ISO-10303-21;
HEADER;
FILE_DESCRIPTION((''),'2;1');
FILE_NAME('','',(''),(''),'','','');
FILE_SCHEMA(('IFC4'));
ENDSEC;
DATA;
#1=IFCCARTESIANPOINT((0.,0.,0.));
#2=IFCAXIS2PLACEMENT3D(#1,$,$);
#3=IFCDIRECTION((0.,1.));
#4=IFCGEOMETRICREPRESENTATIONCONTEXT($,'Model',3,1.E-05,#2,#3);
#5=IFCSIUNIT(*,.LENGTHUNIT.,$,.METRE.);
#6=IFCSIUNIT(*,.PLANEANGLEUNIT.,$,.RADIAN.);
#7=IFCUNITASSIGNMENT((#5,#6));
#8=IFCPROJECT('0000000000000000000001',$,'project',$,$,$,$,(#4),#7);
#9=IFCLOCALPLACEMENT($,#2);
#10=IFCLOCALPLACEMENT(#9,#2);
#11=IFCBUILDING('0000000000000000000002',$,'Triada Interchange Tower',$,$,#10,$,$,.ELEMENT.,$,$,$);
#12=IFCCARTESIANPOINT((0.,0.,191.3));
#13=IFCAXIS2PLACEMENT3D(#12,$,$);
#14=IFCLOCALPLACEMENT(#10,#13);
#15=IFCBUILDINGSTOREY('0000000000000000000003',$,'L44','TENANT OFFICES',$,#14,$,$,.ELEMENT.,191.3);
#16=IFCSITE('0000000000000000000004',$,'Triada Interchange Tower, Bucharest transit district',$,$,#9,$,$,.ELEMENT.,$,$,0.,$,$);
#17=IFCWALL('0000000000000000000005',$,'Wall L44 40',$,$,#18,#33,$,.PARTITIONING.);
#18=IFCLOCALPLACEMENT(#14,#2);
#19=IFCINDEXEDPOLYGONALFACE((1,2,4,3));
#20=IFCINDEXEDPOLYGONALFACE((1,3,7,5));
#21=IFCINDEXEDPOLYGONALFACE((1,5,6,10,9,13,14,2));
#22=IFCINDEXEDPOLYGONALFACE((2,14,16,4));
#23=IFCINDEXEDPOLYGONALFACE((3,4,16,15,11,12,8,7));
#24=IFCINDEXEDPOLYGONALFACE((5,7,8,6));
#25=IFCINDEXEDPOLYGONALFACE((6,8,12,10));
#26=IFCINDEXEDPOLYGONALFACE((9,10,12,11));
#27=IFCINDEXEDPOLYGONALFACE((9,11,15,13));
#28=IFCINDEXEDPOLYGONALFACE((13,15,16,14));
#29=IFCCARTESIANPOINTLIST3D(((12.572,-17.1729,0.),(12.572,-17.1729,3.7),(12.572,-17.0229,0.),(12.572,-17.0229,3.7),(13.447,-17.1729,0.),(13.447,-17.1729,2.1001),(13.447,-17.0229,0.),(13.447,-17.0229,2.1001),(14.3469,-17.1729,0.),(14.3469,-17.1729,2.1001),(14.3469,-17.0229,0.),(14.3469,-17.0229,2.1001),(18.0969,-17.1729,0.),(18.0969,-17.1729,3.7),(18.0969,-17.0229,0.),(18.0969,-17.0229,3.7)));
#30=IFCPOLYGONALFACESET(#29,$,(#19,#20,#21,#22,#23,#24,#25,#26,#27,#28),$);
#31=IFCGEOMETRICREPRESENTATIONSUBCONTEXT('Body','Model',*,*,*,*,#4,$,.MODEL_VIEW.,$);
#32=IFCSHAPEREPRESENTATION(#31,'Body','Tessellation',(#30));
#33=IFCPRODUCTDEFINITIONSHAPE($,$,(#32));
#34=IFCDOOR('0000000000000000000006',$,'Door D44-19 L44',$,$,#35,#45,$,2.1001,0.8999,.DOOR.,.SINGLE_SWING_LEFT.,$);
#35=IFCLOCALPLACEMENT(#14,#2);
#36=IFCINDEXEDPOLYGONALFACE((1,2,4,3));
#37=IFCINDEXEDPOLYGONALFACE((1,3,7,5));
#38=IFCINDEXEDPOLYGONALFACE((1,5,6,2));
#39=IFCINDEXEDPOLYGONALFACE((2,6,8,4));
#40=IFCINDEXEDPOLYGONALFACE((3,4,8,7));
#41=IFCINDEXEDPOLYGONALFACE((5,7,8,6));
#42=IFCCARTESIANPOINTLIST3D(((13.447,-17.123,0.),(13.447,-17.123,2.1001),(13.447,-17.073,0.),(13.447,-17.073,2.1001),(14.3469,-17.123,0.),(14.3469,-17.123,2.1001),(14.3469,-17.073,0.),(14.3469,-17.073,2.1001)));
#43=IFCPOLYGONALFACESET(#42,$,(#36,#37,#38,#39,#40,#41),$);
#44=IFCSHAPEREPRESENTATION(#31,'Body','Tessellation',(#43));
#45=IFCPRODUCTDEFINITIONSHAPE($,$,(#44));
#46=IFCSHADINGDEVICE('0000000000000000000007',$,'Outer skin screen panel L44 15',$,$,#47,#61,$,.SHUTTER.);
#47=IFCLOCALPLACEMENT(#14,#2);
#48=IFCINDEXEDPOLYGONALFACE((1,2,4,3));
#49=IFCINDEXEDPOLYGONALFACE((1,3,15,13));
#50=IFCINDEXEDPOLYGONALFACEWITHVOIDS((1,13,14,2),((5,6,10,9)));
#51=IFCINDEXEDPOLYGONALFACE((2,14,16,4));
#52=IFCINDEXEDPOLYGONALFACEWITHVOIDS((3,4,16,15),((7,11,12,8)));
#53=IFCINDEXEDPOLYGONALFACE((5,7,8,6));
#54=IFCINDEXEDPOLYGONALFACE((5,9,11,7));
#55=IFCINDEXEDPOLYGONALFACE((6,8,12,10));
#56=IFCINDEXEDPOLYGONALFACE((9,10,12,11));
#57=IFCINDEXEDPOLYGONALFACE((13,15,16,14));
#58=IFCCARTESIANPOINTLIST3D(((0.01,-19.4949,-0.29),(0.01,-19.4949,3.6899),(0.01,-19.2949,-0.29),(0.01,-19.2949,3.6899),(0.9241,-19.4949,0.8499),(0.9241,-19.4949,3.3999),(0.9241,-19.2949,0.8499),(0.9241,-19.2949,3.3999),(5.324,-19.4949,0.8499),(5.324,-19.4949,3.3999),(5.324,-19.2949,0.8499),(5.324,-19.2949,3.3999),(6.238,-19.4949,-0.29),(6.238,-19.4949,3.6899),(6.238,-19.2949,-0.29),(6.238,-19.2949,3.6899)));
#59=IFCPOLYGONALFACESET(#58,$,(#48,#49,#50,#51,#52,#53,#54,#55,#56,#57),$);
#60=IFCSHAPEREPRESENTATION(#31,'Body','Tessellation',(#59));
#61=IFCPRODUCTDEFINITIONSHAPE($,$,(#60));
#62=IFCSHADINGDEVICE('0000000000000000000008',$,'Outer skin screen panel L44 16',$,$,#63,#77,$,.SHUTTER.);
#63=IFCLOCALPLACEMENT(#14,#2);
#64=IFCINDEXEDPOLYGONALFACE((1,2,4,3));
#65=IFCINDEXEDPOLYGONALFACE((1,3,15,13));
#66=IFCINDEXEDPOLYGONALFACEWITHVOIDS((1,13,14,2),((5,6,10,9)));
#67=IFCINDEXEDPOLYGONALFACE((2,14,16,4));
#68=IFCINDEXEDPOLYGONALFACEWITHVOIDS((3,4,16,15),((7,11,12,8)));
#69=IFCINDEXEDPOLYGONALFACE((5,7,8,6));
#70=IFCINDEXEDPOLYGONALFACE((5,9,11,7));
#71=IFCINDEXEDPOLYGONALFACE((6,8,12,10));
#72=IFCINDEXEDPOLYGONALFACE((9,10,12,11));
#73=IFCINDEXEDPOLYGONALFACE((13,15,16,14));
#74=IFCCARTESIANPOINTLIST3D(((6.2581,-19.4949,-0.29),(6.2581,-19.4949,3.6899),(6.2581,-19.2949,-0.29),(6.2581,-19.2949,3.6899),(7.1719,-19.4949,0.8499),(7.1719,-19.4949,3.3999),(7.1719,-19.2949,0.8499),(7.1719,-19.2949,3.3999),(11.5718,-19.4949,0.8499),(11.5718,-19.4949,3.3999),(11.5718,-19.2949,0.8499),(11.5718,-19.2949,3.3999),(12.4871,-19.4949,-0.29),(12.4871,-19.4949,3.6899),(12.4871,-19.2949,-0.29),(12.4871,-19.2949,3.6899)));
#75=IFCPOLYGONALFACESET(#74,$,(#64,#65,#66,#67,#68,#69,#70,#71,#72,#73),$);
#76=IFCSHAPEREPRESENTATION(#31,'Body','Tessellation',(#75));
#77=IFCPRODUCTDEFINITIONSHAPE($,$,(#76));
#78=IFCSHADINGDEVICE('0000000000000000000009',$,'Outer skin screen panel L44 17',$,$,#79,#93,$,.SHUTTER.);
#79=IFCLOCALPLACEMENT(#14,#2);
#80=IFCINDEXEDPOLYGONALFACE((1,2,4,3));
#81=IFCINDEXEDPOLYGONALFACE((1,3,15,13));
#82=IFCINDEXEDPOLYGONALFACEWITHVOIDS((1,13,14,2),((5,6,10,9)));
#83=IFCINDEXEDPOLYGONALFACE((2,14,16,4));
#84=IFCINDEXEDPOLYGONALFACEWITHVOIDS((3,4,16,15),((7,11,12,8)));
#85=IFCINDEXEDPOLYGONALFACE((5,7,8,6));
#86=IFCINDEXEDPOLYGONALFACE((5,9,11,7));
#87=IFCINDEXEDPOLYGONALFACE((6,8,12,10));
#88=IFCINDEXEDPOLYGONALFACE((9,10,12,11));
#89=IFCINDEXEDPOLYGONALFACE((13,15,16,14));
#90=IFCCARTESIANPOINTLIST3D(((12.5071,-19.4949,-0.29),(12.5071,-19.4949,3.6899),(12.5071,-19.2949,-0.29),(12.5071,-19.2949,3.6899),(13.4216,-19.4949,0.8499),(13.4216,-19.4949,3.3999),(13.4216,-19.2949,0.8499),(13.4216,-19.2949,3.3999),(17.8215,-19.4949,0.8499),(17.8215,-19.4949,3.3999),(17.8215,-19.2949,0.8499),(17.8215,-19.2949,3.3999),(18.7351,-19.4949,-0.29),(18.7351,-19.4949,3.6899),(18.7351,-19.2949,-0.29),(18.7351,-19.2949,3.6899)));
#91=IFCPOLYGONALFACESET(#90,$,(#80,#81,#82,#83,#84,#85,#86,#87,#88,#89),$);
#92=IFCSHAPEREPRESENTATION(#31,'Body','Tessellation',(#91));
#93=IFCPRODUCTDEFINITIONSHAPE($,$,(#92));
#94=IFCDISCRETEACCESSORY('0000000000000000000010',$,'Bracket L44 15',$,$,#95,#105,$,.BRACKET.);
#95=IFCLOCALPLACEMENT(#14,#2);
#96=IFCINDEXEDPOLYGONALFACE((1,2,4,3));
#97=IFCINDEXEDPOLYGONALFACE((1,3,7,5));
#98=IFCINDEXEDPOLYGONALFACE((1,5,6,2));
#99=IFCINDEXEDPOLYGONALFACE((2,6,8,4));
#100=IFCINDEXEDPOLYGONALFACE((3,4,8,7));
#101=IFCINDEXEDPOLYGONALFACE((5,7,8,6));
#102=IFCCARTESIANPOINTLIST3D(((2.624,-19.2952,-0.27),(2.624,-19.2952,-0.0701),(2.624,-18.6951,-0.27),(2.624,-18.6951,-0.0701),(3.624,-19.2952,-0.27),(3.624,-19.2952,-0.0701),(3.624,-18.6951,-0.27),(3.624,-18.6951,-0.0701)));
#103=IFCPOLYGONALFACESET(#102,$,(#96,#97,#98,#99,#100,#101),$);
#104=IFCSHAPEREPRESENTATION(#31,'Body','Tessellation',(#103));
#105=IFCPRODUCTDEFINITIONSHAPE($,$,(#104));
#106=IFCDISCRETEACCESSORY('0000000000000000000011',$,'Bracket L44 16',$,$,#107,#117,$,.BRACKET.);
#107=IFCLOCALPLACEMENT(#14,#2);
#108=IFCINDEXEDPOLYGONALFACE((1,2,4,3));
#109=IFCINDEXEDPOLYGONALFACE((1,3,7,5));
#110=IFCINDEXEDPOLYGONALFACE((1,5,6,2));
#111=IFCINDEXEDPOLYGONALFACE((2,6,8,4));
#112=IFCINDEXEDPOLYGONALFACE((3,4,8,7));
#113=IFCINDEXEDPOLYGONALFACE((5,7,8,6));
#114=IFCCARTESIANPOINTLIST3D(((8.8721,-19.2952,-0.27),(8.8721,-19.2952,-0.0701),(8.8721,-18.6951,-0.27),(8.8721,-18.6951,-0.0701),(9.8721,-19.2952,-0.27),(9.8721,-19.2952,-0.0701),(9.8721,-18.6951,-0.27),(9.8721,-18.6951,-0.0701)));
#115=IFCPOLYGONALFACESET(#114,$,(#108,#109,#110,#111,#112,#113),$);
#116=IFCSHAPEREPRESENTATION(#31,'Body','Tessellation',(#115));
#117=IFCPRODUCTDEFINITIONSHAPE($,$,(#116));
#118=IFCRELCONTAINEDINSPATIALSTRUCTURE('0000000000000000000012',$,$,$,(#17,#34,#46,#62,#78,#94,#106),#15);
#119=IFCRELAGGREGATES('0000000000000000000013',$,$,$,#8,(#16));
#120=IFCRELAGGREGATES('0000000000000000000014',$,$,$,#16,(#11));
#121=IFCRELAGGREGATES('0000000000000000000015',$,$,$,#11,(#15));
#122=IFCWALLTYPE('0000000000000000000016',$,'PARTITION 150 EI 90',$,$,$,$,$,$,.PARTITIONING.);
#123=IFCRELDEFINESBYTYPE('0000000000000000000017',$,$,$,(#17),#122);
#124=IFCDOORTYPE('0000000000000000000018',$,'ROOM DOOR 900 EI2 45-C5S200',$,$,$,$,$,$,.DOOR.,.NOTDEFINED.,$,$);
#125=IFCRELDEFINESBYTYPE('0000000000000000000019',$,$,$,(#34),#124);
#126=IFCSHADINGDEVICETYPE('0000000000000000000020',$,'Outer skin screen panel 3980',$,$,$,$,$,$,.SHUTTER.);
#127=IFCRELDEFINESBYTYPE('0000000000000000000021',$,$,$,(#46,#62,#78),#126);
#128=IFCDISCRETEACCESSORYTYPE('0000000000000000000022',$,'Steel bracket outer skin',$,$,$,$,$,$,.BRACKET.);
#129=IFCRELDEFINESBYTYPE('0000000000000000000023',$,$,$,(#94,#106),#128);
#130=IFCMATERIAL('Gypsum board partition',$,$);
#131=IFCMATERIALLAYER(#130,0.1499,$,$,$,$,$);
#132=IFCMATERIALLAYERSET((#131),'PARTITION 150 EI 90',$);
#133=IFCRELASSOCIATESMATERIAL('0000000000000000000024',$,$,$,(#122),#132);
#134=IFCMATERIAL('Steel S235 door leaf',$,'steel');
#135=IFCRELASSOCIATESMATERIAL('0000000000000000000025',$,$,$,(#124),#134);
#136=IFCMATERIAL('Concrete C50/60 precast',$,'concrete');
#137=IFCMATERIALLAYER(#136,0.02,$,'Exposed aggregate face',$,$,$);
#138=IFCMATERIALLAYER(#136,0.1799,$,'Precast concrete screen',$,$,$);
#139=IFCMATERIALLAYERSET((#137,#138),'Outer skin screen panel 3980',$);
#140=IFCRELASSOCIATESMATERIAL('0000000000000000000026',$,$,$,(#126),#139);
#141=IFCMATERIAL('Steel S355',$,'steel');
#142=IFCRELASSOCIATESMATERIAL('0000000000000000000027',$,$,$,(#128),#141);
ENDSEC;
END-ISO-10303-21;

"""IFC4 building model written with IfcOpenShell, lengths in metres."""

from ifc_helpers import new_model, si_unit, direction, frame, frame_2d, origin, origin_2d, place, context, subcontext, project, spatial, polyline, rectangle, outline, extrude, material, layer, layer_set, type_object, element, fill, save


model = new_model("IFC4")

# Units and contexts
model_context = context("Model", 3, precision=1e-05, world=origin(), true_north=direction((0.0, 1.0)))
body_context = subcontext(model_context, "Body", "Model", "MODEL_VIEW")
ifc_project = project(units=[si_unit("LENGTHUNIT", "METRE"), si_unit("PLANEANGLEUNIT", "RADIAN")], contexts=[model_context])

# Site, building, storey
site_placement = place(None, origin())
site = spatial("IfcSite", under=ifc_project, at=site_placement, Name="Triada Interchange Tower, Bucharest transit district", CompositionType="ELEMENT", RefElevation=0.0)
building_placement = place(site_placement, origin())
building = spatial("IfcBuilding", under=site, at=building_placement, Name="Triada Interchange Tower", CompositionType="ELEMENT")
storey_placement = place(building_placement, frame((0.0, 0.0, 191.3)))
storey = spatial("IfcBuildingStorey", under=building, at=storey_placement, Name="L44", Description="TENANT OFFICES", CompositionType="ELEMENT", Elevation=191.3)

# Shared definitions
ifc_material_1 = material(Name="Gypsum board partition")

# Wall, opening, door
ifc_layer_1 = layer(ifc_material_1, 0.1499)
ifc_layer_set_1 = layer_set([ifc_layer_1], Name="PARTITION 150 EI 90")
wall_type_1 = type_object("IfcWallType", Name="PARTITION 150 EI 90", PredefinedType="PARTITIONING", material=ifc_layer_set_1)
ifc_material_2 = material(Name="Steel S235 door leaf", Category="steel")
wall_1_placement = place(storey_placement, frame((12.572, -17.0979, 0.0), z_axis=(0.0, 0.0, 1.0), x_axis=(1.0, 0.0, 0.0)))
wall_1 = element("IfcWall", 1, at=wall_1_placement, inside=storey, type_object=wall_type_1, Name="Wall L44 40", PredefinedType="PARTITIONING", context=body_context, shape_type="SweptSolid", body=[
    extrude(rectangle(XDim=5.5249, YDim=0.1499, at=frame_2d((2.7625, 0.0))), origin(), (0.0, 0.0, 1.0), 3.7),
])
opening_1_placement = place(wall_1_placement, frame((0.875, 0.0, 0.0)))
opening_1 = element("IfcOpeningElement", 2, at=opening_1_placement, cuts=wall_1, PredefinedType="OPENING", context=body_context, shape_type="SweptSolid", body=[
    extrude(rectangle(XDim=0.8999, YDim=2.1001, at=frame_2d((0.45, 1.05))), frame((0.0, 0.085, 0.0), z_axis=(0.0, -1.0, 0.0), x_axis=(1.0, 0.0, 0.0)), (0.0, 0.0, 1.0), 0.1699),
])
door_type_1 = type_object("IfcDoorType", Name="ROOM DOOR 900 EI2 45-C5S200", OperationType="NOTDEFINED", PredefinedType="DOOR", material=ifc_material_2)
door_1_placement = place(opening_1_placement, origin())
door_1 = element("IfcDoor", 3, at=door_1_placement, inside=storey, type_object=door_type_1, Name="Door D44-19 L44", OperationType="SINGLE_SWING_LEFT", OverallHeight=2.1001, OverallWidth=0.8999, PredefinedType="DOOR", context=body_context, shape_type="SweptSolid", body=[
    extrude(rectangle(XDim=0.8999, YDim=2.1001, at=frame_2d((0.45, 1.05))), frame((0.0, 0.0249, 0.0), z_axis=(0.0, -1.0, 0.0), x_axis=(1.0, 0.0, 0.0)), (0.0, 0.0, 1.0), 0.05),
])
fill(opening_1, door_1)

# Shading devices
ifc_material_3 = material(Name="Concrete C50/60 precast", Category="concrete")
ifc_layer_2 = layer(ifc_material_3, 0.02, Name="Exposed aggregate face")
ifc_layer_3 = layer(ifc_material_3, 0.1799, Name="Precast concrete screen")
ifc_layer_set_2 = layer_set([ifc_layer_2, ifc_layer_3], Name="Outer skin screen panel 3980")
shading_device_type = type_object("IfcShadingDeviceType", Name="Outer skin screen panel 3980", PredefinedType="SHUTTER", material=ifc_layer_set_2)
shading_device_1_placement = place(storey_placement, frame((0.01, -19.2949, -0.29), z_axis=(0.0, 0.0, 1.0), x_axis=(1.0, 0.0, 0.0)))
element("IfcShadingDevice", 4, at=shading_device_1_placement, inside=storey, type_object=shading_device_type, Name="Outer skin screen panel L44 15", PredefinedType="SHUTTER", context=body_context, shape_type="SweptSolid", body=[
    extrude(outline(polyline([(0.0, 0.0), (6.228, 0.0), (6.228, 3.98), (0.0, 3.98), (0.0, 0.0)]), holes=[polyline([(0.9141, 1.1399), (0.9141, 3.6899), (5.314, 3.6899), (5.314, 1.1399), (0.9141, 1.1399)])]), frame((0.0, 0.0, 0.0), z_axis=(0.0, -1.0, 0.0), x_axis=(1.0, 0.0, 0.0)), (0.0, 0.0, 1.0), 0.2),
])
shading_device_2_placement = place(storey_placement, frame((6.2581, -19.2949, -0.29), z_axis=(0.0, 0.0, 1.0), x_axis=(1.0, 0.0, 0.0)))
element("IfcShadingDevice", 5, at=shading_device_2_placement, inside=storey, type_object=shading_device_type, Name="Outer skin screen panel L44 16", PredefinedType="SHUTTER", context=body_context, shape_type="SweptSolid", body=[
    extrude(outline(polyline([(0.0, 0.0), (6.229, 0.0), (6.229, 3.98), (0.0, 3.98), (0.0, 0.0)]), holes=[polyline([(0.9138, 1.1399), (0.9138, 3.6899), (5.3137, 3.6899), (5.3137, 1.1399), (0.9138, 1.1399)])]), frame((0.0, 0.0, 0.0), z_axis=(0.0, -1.0, 0.0), x_axis=(1.0, 0.0, 0.0)), (0.0, 0.0, 1.0), 0.2),
])
shading_device_3_placement = place(storey_placement, frame((12.5071, -19.2949, -0.29), z_axis=(0.0, 0.0, 1.0), x_axis=(1.0, 0.0, 0.0)))
element("IfcShadingDevice", 6, at=shading_device_3_placement, inside=storey, type_object=shading_device_type, Name="Outer skin screen panel L44 17", PredefinedType="SHUTTER", context=body_context, shape_type="SweptSolid", body=[
    extrude(outline(polyline([(0.0, 0.0), (6.228, 0.0), (6.228, 3.98), (0.0, 3.98), (0.0, 0.0)]), holes=[polyline([(0.9146, 1.1399), (0.9146, 3.6899), (5.3145, 3.6899), (5.3145, 1.1399), (0.9146, 1.1399)])]), frame((0.0, 0.0, 0.0), z_axis=(0.0, -1.0, 0.0), x_axis=(1.0, 0.0, 0.0)), (0.0, 0.0, 1.0), 0.2),
])

# Discrete accessories
ifc_material_4 = material(Name="Steel S355", Category="steel")
discrete_accessory_type = type_object("IfcDiscreteAccessoryType", Name="Steel bracket outer skin", PredefinedType="BRACKET", material=ifc_material_4)
for number, where, z_axis, x_axis, name in (
    (7, (3.124, -18.9951, -0.27), (0.0, 0.0, 1.0), (0.0, -1.0, 0.0), "Bracket L44 15"),
    (8, (9.3721, -18.9951, -0.27), (0.0, 0.0, 1.0), (0.0, -1.0, 0.0), "Bracket L44 16"),
):
    element("IfcDiscreteAccessory", number, at=place(storey_placement, frame(where, z_axis=z_axis, x_axis=x_axis)), inside=storey, type_object=discrete_accessory_type, Name=name, PredefinedType="BRACKET", context=body_context, shape_type="SweptSolid", body=[
        extrude(rectangle(XDim=0.6001, YDim=1.0, at=origin_2d()), origin(), (0.0, 0.0, 1.0), 0.2),
    ])

save(model, "model.ifc")
